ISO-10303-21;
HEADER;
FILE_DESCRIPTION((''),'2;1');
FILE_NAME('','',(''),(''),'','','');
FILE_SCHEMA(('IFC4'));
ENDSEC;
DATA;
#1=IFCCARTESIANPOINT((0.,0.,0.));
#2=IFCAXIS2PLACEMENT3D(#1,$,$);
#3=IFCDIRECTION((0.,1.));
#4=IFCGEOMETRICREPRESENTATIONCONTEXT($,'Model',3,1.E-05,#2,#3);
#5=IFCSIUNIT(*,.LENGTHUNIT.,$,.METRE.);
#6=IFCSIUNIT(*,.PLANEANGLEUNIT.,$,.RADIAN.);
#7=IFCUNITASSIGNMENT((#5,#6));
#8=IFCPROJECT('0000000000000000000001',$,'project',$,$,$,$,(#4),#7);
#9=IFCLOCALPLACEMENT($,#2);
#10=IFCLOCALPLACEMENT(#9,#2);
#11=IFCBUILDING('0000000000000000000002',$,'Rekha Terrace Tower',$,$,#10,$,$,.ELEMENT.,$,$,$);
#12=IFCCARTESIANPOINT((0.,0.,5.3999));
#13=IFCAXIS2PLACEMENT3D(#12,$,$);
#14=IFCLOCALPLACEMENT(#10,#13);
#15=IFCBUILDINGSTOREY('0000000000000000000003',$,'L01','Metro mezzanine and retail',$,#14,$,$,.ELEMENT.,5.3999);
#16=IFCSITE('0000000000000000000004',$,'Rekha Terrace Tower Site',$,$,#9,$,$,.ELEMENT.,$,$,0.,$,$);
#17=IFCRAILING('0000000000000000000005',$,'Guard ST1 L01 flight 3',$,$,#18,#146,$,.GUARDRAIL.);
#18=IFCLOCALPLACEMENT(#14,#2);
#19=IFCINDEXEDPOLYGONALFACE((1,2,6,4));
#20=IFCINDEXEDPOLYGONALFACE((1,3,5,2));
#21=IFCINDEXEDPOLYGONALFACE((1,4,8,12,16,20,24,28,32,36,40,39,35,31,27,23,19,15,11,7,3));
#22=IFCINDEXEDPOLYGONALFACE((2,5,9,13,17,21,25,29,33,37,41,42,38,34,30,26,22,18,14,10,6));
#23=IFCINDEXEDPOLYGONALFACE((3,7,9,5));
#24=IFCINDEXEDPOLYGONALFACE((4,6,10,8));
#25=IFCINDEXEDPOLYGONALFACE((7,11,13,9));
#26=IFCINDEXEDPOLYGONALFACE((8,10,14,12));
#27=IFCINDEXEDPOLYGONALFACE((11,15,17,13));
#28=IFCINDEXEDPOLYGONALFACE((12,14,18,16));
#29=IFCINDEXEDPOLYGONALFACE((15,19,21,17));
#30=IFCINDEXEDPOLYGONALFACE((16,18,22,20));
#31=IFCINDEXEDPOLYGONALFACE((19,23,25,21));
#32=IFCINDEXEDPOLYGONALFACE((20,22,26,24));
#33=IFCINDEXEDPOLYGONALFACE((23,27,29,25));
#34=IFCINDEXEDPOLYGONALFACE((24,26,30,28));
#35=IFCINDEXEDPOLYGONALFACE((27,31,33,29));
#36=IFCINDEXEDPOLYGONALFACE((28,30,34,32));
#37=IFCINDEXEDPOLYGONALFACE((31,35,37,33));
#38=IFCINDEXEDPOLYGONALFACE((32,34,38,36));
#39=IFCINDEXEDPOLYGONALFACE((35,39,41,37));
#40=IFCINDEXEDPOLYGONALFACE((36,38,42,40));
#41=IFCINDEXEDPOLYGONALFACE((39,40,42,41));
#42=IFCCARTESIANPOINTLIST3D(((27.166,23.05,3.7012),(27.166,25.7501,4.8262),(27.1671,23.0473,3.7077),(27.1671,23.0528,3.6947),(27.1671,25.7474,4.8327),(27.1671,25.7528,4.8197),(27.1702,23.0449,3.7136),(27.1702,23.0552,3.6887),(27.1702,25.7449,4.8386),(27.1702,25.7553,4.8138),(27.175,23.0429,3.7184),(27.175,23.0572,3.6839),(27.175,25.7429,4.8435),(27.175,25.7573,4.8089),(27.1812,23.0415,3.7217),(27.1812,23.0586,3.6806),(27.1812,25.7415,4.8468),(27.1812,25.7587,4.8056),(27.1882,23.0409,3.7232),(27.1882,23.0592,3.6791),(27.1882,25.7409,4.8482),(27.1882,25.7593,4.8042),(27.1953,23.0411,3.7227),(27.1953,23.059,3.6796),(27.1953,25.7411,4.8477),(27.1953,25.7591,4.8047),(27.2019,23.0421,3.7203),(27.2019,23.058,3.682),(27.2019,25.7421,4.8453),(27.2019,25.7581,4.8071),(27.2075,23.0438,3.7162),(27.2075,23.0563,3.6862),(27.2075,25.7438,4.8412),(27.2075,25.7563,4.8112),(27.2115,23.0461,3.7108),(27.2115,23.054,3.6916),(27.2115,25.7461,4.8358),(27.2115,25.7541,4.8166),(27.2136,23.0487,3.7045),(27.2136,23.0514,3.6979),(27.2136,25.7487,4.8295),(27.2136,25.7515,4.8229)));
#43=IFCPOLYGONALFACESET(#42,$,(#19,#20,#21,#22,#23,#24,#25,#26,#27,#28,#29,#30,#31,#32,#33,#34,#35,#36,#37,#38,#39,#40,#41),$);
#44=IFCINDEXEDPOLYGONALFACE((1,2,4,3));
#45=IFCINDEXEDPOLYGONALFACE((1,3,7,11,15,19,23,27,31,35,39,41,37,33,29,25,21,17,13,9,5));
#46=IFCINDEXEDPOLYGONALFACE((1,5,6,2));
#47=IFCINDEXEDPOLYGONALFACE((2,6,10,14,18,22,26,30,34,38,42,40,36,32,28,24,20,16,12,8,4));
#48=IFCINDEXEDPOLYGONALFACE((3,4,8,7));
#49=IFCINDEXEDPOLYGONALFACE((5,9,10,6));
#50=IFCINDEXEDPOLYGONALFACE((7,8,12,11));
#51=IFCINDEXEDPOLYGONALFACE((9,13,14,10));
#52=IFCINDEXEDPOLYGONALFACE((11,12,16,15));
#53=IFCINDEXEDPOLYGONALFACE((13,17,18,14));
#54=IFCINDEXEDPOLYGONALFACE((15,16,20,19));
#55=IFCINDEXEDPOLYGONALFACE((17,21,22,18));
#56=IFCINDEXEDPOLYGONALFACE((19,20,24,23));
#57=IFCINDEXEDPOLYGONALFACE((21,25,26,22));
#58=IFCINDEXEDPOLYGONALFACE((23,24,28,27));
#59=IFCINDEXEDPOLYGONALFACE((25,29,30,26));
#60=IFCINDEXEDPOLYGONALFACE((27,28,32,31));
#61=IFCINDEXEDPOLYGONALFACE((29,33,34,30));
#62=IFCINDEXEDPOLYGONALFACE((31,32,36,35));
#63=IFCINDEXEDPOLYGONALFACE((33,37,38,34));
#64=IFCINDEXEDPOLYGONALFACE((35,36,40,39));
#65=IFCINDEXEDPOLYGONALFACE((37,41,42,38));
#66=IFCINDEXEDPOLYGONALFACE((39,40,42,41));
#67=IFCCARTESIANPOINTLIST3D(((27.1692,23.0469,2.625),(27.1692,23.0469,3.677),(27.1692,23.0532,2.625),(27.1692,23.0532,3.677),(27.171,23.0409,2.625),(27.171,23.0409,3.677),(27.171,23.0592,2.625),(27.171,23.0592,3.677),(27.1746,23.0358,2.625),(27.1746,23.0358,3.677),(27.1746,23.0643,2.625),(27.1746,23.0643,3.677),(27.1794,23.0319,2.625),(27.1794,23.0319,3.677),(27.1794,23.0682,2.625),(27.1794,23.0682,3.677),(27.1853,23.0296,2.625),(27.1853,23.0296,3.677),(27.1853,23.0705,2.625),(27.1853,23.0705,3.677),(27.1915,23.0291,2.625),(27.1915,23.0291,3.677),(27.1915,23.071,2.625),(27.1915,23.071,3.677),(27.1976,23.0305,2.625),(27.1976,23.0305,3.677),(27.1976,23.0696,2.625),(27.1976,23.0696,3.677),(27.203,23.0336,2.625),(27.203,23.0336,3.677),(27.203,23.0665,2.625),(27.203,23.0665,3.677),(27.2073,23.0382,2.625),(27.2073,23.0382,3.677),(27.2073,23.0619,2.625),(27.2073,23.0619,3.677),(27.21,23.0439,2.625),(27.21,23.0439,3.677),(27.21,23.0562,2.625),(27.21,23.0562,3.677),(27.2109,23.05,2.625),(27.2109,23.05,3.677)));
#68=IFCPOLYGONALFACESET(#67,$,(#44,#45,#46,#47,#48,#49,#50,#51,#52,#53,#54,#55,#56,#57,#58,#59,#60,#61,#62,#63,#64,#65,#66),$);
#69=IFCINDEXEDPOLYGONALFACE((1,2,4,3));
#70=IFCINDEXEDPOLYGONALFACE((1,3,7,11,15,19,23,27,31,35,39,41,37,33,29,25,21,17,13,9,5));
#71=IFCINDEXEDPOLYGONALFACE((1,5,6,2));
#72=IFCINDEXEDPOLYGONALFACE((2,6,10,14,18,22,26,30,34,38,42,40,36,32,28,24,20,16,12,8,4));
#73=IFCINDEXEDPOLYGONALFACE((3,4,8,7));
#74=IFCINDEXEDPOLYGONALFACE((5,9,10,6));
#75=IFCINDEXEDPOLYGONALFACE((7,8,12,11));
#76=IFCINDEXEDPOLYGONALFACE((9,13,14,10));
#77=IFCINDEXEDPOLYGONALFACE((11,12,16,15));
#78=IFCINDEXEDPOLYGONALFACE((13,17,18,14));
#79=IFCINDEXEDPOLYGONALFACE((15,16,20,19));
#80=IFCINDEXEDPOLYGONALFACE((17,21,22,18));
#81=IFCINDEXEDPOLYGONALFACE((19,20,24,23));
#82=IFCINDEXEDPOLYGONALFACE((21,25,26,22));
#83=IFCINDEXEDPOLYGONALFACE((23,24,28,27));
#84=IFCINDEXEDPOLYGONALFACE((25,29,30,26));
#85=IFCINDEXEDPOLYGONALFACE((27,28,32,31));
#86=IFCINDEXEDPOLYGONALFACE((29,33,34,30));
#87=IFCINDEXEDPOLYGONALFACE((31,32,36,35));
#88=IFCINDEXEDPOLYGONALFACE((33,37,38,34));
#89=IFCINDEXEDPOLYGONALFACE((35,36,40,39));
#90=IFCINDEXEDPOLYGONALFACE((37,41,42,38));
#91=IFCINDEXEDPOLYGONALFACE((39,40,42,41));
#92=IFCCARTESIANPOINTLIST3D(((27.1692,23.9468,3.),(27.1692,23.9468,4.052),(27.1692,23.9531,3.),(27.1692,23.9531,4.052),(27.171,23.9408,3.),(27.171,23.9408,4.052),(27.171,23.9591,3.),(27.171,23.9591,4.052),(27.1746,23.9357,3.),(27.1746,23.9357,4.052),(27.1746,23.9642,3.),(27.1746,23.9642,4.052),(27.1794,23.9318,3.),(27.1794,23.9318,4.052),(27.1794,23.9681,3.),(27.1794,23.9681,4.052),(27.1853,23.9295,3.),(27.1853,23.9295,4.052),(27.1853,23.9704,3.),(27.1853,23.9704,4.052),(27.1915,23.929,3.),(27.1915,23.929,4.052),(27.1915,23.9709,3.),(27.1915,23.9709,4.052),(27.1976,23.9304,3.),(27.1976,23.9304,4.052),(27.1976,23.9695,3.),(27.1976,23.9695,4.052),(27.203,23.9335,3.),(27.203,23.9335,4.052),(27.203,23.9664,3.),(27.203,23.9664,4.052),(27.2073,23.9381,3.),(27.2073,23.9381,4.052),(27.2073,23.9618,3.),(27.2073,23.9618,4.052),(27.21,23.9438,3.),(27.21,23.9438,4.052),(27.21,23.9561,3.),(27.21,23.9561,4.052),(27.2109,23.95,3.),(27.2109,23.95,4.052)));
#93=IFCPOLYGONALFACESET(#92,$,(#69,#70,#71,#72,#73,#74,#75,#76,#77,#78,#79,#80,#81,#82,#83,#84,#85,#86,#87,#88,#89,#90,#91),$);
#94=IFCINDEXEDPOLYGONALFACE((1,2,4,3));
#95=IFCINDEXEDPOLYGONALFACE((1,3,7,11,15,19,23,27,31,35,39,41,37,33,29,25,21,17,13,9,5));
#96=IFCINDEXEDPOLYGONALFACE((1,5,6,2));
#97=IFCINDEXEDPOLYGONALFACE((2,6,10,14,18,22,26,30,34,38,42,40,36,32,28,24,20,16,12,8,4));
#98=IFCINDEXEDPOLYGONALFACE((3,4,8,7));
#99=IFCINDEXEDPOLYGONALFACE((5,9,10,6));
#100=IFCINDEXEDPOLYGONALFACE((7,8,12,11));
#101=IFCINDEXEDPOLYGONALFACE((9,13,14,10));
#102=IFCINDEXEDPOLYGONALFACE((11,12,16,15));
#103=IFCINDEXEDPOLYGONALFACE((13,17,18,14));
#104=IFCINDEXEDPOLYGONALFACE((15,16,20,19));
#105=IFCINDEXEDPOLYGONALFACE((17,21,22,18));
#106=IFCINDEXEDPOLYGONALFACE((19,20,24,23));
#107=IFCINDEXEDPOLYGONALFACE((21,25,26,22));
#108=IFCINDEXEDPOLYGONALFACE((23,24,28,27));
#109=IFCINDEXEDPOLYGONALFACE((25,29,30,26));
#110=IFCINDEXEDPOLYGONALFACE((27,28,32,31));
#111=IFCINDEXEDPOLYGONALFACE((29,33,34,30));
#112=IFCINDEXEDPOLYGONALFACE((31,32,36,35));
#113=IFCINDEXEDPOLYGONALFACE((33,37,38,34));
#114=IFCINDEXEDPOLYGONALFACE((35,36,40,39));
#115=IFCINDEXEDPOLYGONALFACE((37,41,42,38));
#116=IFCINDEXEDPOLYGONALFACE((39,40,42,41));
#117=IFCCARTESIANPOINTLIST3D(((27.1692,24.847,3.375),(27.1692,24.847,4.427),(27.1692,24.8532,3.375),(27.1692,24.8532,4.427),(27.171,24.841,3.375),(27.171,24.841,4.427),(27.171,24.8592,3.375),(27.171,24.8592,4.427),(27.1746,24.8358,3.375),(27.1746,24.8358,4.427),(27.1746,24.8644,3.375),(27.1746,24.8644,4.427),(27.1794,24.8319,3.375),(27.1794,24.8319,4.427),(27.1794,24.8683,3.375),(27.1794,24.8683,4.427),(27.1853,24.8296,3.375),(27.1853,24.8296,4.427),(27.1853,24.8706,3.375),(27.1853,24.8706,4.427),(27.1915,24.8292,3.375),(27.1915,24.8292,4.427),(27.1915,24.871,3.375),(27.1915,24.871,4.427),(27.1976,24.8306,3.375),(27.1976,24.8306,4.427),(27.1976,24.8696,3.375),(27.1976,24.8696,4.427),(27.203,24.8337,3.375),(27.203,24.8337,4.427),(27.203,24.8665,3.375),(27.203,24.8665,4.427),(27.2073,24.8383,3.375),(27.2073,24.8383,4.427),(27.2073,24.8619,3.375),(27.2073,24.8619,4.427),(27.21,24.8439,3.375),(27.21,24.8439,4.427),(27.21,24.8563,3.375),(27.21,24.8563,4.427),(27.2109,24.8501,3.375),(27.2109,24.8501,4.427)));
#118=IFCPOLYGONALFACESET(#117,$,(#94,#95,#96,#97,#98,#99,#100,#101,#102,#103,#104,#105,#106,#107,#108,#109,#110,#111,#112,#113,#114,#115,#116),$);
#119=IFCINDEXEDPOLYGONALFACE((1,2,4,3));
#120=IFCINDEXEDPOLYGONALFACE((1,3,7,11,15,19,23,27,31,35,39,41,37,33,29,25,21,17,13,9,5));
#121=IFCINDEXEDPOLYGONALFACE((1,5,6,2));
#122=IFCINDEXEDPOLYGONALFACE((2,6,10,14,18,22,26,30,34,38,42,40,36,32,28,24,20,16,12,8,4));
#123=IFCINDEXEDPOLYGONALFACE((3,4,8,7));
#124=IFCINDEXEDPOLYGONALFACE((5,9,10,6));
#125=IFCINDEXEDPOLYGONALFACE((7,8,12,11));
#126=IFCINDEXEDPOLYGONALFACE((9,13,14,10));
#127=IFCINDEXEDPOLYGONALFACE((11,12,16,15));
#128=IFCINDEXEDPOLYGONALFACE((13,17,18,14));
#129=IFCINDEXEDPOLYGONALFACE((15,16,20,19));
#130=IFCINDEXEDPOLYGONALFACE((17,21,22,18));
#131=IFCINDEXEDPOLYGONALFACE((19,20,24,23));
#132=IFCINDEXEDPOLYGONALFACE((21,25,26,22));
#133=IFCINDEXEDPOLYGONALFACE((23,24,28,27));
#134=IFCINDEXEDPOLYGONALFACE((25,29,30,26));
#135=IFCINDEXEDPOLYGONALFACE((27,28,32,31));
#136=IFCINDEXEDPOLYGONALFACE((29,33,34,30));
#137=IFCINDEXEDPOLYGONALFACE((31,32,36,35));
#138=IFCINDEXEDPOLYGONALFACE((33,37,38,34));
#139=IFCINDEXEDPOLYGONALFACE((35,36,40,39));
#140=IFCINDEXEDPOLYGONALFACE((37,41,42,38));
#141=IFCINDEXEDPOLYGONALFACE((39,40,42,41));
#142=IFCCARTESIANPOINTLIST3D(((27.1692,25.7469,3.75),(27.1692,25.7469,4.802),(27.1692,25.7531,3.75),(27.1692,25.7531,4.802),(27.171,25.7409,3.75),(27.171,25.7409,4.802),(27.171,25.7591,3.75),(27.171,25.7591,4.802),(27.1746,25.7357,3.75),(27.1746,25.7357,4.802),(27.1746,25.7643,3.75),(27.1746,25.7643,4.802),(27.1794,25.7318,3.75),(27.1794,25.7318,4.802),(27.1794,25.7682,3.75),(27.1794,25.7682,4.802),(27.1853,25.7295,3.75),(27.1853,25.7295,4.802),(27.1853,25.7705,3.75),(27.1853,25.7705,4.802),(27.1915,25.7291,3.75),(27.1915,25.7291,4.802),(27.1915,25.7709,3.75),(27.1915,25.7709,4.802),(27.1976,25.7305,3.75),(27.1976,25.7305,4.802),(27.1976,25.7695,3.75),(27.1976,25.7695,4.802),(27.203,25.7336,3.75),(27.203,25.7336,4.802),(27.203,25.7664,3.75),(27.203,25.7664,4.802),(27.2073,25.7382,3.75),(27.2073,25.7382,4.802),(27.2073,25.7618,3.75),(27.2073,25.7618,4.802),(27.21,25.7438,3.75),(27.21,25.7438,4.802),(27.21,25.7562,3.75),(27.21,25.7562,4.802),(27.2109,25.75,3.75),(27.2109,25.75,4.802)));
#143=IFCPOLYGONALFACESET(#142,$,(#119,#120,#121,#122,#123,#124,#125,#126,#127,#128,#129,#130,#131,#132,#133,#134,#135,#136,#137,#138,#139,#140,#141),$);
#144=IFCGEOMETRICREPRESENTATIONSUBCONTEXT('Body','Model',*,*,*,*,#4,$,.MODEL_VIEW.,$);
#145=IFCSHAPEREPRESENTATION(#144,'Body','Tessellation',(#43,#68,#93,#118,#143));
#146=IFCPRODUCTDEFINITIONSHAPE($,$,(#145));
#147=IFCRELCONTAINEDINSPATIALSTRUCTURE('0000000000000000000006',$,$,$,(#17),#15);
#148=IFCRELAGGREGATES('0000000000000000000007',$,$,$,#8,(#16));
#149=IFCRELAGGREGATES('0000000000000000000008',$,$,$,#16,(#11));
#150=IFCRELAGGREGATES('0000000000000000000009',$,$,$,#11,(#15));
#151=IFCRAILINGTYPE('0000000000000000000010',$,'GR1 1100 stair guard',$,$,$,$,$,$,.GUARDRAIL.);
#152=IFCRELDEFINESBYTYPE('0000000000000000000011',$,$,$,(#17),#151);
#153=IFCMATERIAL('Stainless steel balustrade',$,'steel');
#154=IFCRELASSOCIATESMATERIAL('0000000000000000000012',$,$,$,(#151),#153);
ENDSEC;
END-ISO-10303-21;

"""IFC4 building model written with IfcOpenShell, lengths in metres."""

from ifc_helpers import new_model, si_unit, direction, frame, origin, origin_2d, place, context, subcontext, project, spatial, circle, extrude, material, type_object, element, save


model = new_model("IFC4")

# Units and contexts
model_context = context("Model", 3, precision=1e-05, world=origin(), true_north=direction((0.0, 1.0)))
body_context = subcontext(model_context, "Body", "Model", "MODEL_VIEW")
ifc_project = project(units=[si_unit("LENGTHUNIT", "METRE"), si_unit("PLANEANGLEUNIT", "RADIAN")], contexts=[model_context])

# Site, building, storey
site_placement = place(None, origin())
site = spatial("IfcSite", under=ifc_project, at=site_placement, Name="Rekha Terrace Tower Site", CompositionType="ELEMENT", RefElevation=0.0)
building_placement = place(site_placement, origin())
building = spatial("IfcBuilding", under=site, at=building_placement, Name="Rekha Terrace Tower", CompositionType="ELEMENT")
storey_placement = place(building_placement, frame((0.0, 0.0, 5.3999)))
storey = spatial("IfcBuildingStorey", under=building, at=storey_placement, Name="L01", Description="Metro mezzanine and retail", CompositionType="ELEMENT", Elevation=5.3999)

# Railing
ifc_material_1 = material(Name="Stainless steel balustrade", Category="steel")
railing_type_1 = type_object("IfcRailingType", Name="GR1 1100 stair guard", PredefinedType="GUARDRAIL", material=ifc_material_1)
railing_1_placement = place(storey_placement, frame((27.1899, 23.05, 2.625)))
element("IfcRailing", 1, at=railing_1_placement, inside=storey, type_object=railing_type_1, Name="Guard ST1 L01 flight 3", PredefinedType="GUARDRAIL", context=body_context, shape_type="SweptSolid", body=[
    extrude(circle(Radius=0.0239, at=origin_2d()), frame((0.0, 0.0, 1.0762), z_axis=(0.0, 0.923074, 0.384621), x_axis=(-1.0, 0.0, 0.0)), (0.0, 0.0, 1.0), 2.925),
    extrude(circle(Radius=0.021, at=origin_2d()), origin(), (0.0, 0.0, 1.0), 1.052),
    extrude(circle(Radius=0.021, at=origin_2d()), frame((0.0, 0.8999, 0.375)), (0.0, 0.0, 1.0), 1.052),
    extrude(circle(Radius=0.021, at=origin_2d()), frame((0.0, 1.8, 0.75)), (0.0, 0.0, 1.0), 1.052),
    extrude(circle(Radius=0.021, at=origin_2d()), frame((0.0, 2.7, 1.125)), (0.0, 0.0, 1.0), 1.052),
])

save(model, "model.ifc")
